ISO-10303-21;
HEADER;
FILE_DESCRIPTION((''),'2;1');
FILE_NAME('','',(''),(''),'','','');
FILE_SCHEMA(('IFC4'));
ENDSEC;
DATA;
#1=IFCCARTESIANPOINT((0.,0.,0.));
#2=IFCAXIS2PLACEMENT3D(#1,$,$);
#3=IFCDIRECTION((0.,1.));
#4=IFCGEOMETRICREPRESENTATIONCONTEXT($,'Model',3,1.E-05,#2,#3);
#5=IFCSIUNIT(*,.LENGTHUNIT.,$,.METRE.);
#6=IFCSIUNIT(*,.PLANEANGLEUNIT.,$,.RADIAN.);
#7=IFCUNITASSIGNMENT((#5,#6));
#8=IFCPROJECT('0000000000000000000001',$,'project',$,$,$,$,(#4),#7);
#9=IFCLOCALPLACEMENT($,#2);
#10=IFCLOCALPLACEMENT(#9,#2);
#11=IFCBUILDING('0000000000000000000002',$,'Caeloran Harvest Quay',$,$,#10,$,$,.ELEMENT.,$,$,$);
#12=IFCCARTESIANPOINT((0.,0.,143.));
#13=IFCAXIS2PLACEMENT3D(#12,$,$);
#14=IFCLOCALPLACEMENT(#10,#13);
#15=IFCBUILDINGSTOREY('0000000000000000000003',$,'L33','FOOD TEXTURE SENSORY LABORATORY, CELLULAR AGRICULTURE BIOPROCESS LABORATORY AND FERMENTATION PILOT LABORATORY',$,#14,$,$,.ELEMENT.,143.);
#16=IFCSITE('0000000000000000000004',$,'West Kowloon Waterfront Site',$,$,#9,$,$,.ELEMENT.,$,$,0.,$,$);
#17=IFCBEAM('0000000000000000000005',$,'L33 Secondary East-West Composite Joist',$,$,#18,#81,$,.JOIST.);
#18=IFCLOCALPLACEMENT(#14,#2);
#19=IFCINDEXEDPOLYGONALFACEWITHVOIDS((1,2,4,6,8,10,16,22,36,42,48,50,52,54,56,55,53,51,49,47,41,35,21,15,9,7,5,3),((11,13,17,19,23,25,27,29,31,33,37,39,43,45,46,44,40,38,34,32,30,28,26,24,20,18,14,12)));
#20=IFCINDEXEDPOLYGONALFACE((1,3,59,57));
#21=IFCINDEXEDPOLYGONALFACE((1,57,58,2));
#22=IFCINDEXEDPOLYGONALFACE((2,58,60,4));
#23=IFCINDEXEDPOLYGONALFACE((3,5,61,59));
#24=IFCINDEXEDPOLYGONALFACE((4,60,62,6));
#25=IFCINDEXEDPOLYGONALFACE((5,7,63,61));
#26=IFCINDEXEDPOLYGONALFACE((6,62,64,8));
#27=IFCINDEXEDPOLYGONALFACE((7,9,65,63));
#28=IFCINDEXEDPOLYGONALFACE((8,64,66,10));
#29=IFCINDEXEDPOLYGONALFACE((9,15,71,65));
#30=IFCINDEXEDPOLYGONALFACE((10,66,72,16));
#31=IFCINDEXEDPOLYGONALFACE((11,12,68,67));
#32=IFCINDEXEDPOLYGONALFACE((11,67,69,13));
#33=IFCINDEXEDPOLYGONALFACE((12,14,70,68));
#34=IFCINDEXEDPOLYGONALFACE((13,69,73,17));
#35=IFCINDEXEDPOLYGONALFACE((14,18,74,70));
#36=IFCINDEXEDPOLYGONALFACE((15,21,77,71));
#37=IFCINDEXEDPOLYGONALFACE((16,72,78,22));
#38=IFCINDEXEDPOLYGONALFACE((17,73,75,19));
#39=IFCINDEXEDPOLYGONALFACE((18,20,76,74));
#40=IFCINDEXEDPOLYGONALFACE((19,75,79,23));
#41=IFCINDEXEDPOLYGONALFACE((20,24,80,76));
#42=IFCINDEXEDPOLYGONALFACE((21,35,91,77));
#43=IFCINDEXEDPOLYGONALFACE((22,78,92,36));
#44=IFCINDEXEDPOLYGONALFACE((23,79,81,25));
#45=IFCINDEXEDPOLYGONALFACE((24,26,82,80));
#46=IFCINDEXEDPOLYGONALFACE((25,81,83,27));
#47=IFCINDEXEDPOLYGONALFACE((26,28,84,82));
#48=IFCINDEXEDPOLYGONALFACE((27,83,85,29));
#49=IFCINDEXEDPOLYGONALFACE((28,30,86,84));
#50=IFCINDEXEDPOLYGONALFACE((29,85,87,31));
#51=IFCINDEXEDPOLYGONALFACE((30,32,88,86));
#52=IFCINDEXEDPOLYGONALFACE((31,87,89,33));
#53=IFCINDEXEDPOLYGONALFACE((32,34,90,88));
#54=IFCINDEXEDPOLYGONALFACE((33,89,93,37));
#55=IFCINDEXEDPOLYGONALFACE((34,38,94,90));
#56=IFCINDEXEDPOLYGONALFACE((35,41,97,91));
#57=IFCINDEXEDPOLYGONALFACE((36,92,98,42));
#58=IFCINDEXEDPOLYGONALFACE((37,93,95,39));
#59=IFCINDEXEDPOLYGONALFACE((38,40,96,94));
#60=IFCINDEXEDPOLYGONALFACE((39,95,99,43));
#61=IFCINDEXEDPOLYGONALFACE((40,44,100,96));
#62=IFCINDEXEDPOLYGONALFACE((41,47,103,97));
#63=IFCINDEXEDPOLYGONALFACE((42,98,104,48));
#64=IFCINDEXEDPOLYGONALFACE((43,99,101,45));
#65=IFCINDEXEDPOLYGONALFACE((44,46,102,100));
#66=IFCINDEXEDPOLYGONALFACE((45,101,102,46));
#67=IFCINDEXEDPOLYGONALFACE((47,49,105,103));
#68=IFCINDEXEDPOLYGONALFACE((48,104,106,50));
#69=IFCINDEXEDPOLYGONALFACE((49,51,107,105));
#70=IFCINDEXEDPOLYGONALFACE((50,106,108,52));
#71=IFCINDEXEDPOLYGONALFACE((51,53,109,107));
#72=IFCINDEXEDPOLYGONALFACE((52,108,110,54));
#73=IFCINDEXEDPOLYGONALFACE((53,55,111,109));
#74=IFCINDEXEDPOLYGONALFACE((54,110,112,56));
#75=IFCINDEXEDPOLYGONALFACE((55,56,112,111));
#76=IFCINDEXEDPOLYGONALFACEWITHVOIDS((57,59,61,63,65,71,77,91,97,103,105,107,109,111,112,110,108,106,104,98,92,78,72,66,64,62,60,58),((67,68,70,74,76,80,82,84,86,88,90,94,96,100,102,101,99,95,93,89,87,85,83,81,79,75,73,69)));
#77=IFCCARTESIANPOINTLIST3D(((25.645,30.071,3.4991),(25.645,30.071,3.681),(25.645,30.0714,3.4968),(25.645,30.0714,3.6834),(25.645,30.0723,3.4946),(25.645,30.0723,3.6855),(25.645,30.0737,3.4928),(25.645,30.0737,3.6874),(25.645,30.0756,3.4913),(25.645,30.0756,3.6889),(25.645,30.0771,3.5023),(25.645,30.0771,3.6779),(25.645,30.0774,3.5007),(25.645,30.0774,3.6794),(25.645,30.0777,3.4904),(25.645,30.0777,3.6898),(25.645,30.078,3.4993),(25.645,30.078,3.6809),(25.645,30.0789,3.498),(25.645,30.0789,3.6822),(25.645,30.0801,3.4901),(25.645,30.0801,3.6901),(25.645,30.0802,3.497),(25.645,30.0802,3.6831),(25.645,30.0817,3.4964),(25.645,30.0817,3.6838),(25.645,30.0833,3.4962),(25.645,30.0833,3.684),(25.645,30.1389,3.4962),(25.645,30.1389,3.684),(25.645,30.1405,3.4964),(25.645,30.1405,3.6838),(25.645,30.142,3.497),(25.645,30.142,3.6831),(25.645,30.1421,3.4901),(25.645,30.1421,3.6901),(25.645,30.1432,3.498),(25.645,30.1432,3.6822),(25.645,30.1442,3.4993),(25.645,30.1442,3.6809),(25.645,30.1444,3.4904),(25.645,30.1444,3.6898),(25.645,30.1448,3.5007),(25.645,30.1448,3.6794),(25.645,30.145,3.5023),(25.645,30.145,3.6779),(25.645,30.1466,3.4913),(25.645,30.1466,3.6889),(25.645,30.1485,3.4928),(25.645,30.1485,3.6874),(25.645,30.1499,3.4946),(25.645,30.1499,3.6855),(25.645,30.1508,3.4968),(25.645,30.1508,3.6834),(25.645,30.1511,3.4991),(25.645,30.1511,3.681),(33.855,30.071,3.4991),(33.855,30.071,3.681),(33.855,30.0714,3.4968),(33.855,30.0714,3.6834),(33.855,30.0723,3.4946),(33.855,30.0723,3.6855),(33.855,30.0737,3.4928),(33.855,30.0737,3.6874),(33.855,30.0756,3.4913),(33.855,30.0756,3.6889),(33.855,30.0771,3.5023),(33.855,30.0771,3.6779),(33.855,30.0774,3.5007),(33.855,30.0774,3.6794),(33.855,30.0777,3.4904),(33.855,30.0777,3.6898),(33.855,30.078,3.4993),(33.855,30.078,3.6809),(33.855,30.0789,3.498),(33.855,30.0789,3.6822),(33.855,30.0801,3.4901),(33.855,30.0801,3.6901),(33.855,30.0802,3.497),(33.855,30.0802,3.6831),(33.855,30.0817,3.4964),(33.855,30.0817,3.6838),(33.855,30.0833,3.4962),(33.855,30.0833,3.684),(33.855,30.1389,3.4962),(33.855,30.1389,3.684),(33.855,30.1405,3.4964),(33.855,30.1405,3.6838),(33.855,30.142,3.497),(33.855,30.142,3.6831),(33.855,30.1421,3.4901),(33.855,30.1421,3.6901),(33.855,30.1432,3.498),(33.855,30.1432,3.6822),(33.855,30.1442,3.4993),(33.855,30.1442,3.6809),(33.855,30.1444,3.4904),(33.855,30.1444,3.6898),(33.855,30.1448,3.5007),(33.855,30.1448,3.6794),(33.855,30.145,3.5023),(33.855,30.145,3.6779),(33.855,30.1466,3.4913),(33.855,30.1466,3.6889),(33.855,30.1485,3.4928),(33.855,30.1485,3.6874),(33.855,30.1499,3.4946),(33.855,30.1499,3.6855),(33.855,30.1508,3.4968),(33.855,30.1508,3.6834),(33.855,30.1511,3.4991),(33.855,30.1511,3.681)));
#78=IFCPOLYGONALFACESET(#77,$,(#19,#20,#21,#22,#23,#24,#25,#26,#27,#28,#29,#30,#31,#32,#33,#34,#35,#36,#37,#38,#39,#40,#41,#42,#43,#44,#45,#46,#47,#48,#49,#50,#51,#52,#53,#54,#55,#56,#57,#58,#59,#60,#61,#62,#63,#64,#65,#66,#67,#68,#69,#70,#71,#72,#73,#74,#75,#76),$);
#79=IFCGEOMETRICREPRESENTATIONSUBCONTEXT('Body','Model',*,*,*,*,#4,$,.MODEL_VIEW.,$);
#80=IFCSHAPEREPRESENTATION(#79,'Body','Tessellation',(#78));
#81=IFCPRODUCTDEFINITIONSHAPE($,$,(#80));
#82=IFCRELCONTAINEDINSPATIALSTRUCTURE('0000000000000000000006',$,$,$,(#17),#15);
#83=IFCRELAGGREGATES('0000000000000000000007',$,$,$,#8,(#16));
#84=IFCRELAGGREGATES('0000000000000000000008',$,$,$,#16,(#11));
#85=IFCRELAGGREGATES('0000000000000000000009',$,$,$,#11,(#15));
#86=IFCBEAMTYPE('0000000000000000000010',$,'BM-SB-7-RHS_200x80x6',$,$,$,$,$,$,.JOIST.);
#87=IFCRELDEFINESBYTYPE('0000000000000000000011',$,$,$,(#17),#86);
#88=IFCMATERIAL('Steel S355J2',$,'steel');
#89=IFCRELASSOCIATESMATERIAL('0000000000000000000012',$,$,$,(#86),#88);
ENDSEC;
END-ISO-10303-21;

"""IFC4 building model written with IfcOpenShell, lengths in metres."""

from ifc_helpers import new_model, si_unit, direction, frame, origin, origin_2d, place, context, subcontext, project, spatial, hollow_rectangle, extrude, material, material_profile, profile_set, type_object, element, save


model = new_model("IFC4")

# Units and contexts
model_context = context("Model", 3, precision=1e-05, world=origin(), true_north=direction((0.0, 1.0)))
body_context = subcontext(model_context, "Body", "Model", "MODEL_VIEW")
ifc_project = project(units=[si_unit("LENGTHUNIT", "METRE"), si_unit("PLANEANGLEUNIT", "RADIAN")], contexts=[model_context])

# Site, building, storey
site_placement = place(None, origin())
site = spatial("IfcSite", under=ifc_project, at=site_placement, Name="West Kowloon Waterfront Site", CompositionType="ELEMENT", RefElevation=0.0)
building_placement = place(site_placement, origin())
building = spatial("IfcBuilding", under=site, at=building_placement, Name="Caeloran Harvest Quay", CompositionType="ELEMENT")
storey_placement = place(building_placement, frame((0.0, 0.0, 143.0)))
storey = spatial("IfcBuildingStorey", under=building, at=storey_placement, Name="L33", Description="FOOD TEXTURE SENSORY LABORATORY, CELLULAR AGRICULTURE BIOPROCESS LABORATORY AND FERMENTATION PILOT LABORATORY", CompositionType="ELEMENT", Elevation=143.0)

# Beam
ifc_material = material(Name="Steel S355J2", Category="steel")
ifc_material_profile_1 = material_profile(ifc_material, hollow_rectangle(XDim=0.0801, YDim=0.2, WallThickness=0.0061, InnerFilletRadius=0.0061, OuterFilletRadius=0.009, at=origin_2d()), Name="RHS 200x80x6")
ifc_profile_set_1 = profile_set([ifc_material_profile_1], Name="Steel S355J2")
beam_type_1 = type_object("IfcBeamType", Name="BM-SB-7-RHS_200x80x6", PredefinedType="JOIST", material=ifc_profile_set_1)
for number, where, z_axis, x_axis, name in (
    (1, (25.645, 30.1111, 3.5901), (1.0, 0.0, 0.0), (0.0, 1.0, 0.0), "L33 Secondary East-West Composite Joist"),
):
    element("IfcBeam", number, at=place(storey_placement, frame(where, z_axis=z_axis, x_axis=x_axis)), inside=storey, type_object=beam_type_1, Name=name, PredefinedType="JOIST", context=body_context, shape_type="SweptSolid", body=[
        extrude(hollow_rectangle(XDim=0.0801, YDim=0.2, WallThickness=0.0061, InnerFilletRadius=0.0061, OuterFilletRadius=0.009, at=origin_2d()), origin(), (0.0, 0.0, 1.0), 8.21),
    ])

save(model, "model.ifc")
